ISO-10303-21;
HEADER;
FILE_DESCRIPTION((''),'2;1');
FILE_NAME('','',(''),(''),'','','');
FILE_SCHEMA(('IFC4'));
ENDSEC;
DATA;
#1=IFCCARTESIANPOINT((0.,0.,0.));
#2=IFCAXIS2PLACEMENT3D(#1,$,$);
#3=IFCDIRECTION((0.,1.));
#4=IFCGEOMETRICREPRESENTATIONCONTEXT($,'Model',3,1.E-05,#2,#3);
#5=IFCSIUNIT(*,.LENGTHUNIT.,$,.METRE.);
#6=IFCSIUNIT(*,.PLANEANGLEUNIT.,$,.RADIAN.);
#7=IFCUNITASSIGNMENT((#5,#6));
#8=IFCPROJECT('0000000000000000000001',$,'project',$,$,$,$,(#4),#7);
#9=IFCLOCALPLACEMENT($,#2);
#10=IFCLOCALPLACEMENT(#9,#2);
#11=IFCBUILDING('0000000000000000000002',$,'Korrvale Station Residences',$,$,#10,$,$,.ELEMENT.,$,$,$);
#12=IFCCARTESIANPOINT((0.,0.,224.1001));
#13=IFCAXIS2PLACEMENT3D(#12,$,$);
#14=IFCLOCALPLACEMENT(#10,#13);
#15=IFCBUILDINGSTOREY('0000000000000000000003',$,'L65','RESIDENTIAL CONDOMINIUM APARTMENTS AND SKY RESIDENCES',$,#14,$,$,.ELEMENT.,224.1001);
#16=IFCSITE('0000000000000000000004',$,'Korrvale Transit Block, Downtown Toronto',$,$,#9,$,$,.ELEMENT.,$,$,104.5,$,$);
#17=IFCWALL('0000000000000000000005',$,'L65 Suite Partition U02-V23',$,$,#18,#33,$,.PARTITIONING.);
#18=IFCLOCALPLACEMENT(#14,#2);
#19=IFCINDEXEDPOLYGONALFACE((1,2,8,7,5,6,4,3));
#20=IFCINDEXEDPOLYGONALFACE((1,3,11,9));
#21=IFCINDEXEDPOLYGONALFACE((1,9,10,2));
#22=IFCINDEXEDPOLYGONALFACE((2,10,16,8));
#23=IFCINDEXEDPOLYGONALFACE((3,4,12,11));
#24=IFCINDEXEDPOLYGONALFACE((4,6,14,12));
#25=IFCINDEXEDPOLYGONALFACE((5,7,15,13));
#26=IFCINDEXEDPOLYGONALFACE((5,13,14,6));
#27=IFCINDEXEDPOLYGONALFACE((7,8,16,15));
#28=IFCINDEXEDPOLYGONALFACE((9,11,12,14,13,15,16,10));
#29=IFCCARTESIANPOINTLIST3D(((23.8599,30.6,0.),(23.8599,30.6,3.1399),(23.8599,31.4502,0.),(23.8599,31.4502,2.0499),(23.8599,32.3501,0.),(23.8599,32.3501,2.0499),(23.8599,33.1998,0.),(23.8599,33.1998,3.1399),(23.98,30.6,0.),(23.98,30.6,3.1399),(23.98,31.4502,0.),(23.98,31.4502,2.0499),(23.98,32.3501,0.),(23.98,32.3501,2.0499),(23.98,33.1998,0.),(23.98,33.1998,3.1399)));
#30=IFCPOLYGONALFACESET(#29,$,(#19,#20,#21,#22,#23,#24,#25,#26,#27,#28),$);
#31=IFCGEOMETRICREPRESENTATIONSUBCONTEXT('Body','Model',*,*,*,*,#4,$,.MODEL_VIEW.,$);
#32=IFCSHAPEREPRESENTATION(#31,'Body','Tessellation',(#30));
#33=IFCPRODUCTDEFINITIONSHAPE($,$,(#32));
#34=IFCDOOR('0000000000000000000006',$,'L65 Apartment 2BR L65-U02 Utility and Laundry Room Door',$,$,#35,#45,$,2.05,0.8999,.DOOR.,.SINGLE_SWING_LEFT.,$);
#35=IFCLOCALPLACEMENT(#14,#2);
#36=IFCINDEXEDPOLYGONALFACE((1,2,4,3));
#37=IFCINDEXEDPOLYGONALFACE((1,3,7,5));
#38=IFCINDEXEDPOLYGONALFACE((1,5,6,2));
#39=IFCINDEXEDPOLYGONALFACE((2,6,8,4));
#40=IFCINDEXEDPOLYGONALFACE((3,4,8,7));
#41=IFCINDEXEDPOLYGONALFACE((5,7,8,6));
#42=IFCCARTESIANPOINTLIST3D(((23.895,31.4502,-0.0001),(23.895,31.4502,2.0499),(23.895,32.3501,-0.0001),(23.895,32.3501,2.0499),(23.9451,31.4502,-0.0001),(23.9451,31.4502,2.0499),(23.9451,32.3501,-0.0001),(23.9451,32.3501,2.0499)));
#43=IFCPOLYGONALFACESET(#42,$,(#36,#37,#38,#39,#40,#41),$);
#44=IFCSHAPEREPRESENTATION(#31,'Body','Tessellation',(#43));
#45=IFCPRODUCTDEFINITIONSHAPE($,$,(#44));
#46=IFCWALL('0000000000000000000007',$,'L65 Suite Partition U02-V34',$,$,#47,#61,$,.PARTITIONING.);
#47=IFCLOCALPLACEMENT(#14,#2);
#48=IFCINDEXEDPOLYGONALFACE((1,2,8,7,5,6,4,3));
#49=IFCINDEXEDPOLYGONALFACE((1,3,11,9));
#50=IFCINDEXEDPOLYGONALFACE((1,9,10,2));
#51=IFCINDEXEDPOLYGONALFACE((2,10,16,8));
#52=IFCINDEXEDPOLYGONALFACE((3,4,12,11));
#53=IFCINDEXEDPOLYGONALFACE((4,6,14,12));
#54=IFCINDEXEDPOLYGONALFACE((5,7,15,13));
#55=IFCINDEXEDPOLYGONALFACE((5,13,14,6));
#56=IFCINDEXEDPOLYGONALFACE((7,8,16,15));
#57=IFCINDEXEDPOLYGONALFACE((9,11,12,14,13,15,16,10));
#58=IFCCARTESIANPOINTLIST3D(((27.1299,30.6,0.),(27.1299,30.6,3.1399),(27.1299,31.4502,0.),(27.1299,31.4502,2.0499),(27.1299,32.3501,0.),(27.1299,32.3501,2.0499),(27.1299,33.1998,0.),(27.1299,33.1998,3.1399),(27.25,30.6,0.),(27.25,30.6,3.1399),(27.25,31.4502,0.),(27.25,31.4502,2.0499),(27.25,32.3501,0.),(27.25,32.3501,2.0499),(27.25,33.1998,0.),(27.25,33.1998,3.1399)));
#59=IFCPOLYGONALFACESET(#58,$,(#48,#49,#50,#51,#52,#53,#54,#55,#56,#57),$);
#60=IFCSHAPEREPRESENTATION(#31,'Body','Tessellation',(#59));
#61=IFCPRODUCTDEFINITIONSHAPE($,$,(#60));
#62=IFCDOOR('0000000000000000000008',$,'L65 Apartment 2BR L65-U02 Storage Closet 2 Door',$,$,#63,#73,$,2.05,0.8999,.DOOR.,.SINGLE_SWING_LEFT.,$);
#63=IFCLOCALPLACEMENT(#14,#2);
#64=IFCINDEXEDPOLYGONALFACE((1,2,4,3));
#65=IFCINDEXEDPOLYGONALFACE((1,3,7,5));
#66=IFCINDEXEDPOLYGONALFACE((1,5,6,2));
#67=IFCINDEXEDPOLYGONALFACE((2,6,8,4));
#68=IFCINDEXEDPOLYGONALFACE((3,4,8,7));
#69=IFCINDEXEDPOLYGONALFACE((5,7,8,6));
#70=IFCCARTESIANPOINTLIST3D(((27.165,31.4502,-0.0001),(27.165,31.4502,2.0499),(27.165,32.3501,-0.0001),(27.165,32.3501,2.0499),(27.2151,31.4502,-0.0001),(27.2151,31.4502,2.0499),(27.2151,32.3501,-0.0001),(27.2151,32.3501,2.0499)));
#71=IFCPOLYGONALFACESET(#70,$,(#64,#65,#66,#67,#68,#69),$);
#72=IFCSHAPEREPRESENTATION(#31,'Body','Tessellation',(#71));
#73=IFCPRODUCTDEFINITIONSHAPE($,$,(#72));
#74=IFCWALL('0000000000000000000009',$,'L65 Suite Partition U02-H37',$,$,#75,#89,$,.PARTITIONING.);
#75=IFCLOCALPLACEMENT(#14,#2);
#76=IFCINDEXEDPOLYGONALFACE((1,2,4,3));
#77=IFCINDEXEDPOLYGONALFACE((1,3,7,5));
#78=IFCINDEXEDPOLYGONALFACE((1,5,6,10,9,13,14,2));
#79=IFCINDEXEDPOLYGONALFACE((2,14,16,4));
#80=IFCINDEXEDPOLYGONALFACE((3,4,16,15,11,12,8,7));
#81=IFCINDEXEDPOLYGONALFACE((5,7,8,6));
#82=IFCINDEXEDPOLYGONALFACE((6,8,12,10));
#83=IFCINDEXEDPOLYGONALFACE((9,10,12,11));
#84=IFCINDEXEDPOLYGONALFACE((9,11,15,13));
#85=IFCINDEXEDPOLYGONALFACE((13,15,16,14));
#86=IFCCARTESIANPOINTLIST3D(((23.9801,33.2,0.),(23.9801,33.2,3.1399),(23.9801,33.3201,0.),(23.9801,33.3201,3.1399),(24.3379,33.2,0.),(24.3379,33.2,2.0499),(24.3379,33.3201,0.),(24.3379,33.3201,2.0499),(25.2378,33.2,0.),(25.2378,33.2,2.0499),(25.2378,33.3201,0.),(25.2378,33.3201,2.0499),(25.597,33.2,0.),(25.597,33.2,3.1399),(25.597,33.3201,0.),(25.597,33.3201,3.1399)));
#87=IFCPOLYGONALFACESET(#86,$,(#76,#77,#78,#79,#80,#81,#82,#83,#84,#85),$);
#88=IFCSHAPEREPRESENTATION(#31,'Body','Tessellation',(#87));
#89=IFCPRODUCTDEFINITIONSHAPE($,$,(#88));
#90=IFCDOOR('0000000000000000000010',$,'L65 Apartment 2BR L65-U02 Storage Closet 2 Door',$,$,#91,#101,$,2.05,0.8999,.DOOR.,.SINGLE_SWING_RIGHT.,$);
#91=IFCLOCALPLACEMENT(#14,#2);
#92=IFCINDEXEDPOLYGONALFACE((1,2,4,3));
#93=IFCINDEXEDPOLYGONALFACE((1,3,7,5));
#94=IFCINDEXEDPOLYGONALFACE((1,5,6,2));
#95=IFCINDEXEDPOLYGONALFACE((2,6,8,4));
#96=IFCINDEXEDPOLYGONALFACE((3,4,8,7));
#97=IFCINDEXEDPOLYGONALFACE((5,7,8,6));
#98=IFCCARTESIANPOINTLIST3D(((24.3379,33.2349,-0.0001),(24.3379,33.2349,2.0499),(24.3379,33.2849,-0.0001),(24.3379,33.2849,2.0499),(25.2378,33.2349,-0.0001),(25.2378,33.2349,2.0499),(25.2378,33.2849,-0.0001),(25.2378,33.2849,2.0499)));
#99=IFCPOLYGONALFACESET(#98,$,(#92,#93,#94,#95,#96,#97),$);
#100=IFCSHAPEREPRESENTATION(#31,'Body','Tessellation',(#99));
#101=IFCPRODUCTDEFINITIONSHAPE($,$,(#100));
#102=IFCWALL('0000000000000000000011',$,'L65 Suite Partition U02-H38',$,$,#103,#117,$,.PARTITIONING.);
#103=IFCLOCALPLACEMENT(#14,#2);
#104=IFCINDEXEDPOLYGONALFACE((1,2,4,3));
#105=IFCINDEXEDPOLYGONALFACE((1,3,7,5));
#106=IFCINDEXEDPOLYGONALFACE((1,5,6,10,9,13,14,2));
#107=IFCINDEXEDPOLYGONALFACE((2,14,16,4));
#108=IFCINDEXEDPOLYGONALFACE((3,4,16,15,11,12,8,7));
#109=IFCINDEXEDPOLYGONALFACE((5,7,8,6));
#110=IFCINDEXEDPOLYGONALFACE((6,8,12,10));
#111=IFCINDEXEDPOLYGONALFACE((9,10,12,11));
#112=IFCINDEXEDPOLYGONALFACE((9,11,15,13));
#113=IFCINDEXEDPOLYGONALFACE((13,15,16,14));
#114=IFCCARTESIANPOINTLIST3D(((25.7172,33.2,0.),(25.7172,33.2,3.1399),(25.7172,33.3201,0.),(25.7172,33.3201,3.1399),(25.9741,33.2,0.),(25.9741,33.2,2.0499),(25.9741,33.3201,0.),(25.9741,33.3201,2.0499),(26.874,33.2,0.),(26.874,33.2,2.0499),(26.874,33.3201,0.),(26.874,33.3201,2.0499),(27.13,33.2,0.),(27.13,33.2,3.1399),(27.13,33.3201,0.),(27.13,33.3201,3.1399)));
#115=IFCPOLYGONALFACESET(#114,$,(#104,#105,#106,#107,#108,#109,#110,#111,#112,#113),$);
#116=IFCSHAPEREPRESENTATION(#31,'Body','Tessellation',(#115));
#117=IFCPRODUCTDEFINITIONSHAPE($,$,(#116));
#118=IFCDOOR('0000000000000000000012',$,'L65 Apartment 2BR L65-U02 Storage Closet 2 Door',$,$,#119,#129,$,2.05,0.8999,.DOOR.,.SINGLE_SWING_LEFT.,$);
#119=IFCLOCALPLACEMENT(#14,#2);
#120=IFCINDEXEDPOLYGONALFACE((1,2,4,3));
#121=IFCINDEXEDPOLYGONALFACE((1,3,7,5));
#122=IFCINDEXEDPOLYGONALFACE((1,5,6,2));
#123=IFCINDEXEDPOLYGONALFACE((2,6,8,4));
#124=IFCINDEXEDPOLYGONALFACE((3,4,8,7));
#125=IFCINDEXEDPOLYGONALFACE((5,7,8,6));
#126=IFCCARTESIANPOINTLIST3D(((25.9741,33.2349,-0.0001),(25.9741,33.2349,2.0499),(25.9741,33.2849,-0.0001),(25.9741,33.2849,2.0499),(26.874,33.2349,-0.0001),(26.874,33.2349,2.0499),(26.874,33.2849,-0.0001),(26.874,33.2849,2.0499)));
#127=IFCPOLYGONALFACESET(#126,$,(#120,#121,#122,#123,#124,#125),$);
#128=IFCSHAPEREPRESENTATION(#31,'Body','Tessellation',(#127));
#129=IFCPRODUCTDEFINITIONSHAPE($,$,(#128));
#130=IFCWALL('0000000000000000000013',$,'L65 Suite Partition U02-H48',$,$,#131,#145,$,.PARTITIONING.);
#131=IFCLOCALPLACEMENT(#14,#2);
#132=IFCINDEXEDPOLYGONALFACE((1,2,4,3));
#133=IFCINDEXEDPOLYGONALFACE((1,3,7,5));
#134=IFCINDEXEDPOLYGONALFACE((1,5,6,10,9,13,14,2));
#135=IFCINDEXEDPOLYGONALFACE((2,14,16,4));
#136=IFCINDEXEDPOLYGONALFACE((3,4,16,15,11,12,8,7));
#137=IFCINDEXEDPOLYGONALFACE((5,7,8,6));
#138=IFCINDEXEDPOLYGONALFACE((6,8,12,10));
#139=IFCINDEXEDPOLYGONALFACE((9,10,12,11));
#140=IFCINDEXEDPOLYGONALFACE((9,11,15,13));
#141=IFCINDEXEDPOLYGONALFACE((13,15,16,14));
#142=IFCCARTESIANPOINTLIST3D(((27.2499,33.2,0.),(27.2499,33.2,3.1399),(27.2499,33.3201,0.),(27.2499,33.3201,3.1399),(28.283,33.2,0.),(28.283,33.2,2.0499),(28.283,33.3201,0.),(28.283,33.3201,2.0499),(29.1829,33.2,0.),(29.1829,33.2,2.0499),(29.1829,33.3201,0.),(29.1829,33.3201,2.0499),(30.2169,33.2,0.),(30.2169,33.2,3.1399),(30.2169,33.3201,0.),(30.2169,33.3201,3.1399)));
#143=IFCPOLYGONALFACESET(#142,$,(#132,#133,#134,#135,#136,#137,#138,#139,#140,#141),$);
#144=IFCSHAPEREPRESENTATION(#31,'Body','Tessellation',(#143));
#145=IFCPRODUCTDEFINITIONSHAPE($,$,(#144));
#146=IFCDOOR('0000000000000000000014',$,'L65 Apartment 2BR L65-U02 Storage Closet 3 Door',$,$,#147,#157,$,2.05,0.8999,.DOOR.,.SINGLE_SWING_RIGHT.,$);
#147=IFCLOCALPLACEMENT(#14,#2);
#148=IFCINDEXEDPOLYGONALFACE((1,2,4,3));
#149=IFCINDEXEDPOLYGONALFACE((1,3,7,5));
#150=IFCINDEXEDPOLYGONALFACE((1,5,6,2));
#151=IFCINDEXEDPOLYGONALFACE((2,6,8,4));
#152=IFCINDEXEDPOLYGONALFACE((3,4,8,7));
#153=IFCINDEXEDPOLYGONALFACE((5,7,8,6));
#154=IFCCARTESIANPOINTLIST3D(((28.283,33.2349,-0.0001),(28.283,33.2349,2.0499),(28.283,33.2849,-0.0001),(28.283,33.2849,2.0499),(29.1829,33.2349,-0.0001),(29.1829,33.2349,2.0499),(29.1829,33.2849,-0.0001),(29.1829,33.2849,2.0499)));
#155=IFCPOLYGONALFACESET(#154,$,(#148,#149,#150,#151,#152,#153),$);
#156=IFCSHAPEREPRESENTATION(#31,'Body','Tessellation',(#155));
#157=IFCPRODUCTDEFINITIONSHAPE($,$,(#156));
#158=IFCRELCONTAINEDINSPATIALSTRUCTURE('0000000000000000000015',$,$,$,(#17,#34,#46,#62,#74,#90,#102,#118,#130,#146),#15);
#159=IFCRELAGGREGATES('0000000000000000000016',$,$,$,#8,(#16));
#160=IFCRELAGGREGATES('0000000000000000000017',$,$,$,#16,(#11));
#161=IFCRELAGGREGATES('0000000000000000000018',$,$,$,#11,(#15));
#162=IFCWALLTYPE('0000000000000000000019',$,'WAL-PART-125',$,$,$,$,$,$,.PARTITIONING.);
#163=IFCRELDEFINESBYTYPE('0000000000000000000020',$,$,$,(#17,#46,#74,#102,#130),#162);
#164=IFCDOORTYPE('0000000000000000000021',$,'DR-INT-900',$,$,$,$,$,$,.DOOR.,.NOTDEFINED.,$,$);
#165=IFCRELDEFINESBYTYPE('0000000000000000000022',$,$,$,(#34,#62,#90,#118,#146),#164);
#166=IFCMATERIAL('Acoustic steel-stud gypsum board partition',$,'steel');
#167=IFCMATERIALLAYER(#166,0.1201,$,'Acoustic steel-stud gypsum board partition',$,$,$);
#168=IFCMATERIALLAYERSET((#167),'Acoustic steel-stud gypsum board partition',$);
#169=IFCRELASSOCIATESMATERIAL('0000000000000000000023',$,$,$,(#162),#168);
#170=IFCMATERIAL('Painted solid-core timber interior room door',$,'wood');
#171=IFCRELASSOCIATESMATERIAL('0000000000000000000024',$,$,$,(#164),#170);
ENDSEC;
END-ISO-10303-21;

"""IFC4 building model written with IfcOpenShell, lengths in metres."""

from ifc_helpers import new_model, si_unit, direction, frame, frame_2d, origin, place, context, subcontext, project, spatial, rectangle, extrude, material, layer, layer_set, type_object, element, fill, save


model = new_model("IFC4")

# Units and contexts
model_context = context("Model", 3, precision=1e-05, world=origin(), true_north=direction((0.0, 1.0)))
body_context = subcontext(model_context, "Body", "Model", "MODEL_VIEW")
ifc_project = project(units=[si_unit("LENGTHUNIT", "METRE"), si_unit("PLANEANGLEUNIT", "RADIAN")], contexts=[model_context])

# Site, building, storey
site_placement = place(None, origin())
site = spatial("IfcSite", under=ifc_project, at=site_placement, Name="Korrvale Transit Block, Downtown Toronto", CompositionType="ELEMENT", RefElevation=104.5)
building_placement = place(site_placement, origin())
building = spatial("IfcBuilding", under=site, at=building_placement, Name="Korrvale Station Residences", CompositionType="ELEMENT")
storey_placement = place(building_placement, frame((0.0, 0.0, 224.1001)))
storey = spatial("IfcBuildingStorey", under=building, at=storey_placement, Name="L65", Description="RESIDENTIAL CONDOMINIUM APARTMENTS AND SKY RESIDENCES", CompositionType="ELEMENT", Elevation=224.1001)

# Walls, openings, doors
ifc_material_1 = material(Name="Acoustic steel-stud gypsum board partition", Category="steel")
ifc_layer_1 = layer(ifc_material_1, 0.1201, Name="Acoustic steel-stud gypsum board partition")
ifc_layer_set_1 = layer_set([ifc_layer_1], Name="Acoustic steel-stud gypsum board partition")
wall_type_1 = type_object("IfcWallType", Name="WAL-PART-125", PredefinedType="PARTITIONING", material=ifc_layer_set_1)
wall_1_placement = place(storey_placement, frame((23.9199, 30.6001, 0.0), z_axis=(0.0, 0.0, 1.0), x_axis=(0.0, 1.0, 0.0)))
wall_1 = element("IfcWall", 1, at=wall_1_placement, inside=storey, type_object=wall_type_1, Name="L65 Suite Partition U02-V23", PredefinedType="PARTITIONING", context=body_context, shape_type="SweptSolid", body=[
    extrude(rectangle(XDim=2.5999, YDim=0.1201, at=frame_2d((1.2998, 0.0))), origin(), (0.0, 0.0, 1.0), 3.1399),
])
opening_1_placement = place(wall_1_placement, frame((0.8501, 0.0, 0.0)))
opening_1 = element("IfcOpeningElement", 2, at=opening_1_placement, cuts=wall_1, PredefinedType="OPENING", context=body_context, shape_type="SweptSolid", body=[
    extrude(rectangle(XDim=0.8999, YDim=2.05, at=frame_2d((0.45, 1.0249))), frame((0.0, 0.0701, 0.0), z_axis=(0.0, -1.0, 0.0), x_axis=(1.0, 0.0, 0.0)), (0.0, 0.0, 1.0), 0.1401),
])
ifc_material_2 = material(Name="Painted solid-core timber interior room door", Category="wood")
door_type_1 = type_object("IfcDoorType", Name="DR-INT-900", OperationType="NOTDEFINED", PredefinedType="DOOR", material=ifc_material_2)
door_1_placement = place(opening_1_placement, origin())
door_1 = element("IfcDoor", 3, at=door_1_placement, inside=storey, type_object=door_type_1, Name="L65 Apartment 2BR L65-U02 Utility and Laundry Room Door", OperationType="SINGLE_SWING_LEFT", OverallHeight=2.05, OverallWidth=0.8999, PredefinedType="DOOR", context=body_context, shape_type="SweptSolid", body=[
    extrude(rectangle(XDim=0.8999, YDim=2.05, at=frame_2d((0.45, 1.0249))), frame((0.0, 0.0249, 0.0), z_axis=(0.0, -1.0, 0.0), x_axis=(1.0, 0.0, 0.0)), (0.0, 0.0, 1.0), 0.05),
])
fill(opening_1, door_1)
wall_2_placement = place(storey_placement, frame((27.1899, 30.6001, 0.0), z_axis=(0.0, 0.0, 1.0), x_axis=(0.0, 1.0, 0.0)))
wall_2 = element("IfcWall", 4, at=wall_2_placement, inside=storey, type_object=wall_type_1, Name="L65 Suite Partition U02-V34", PredefinedType="PARTITIONING", context=body_context, shape_type="SweptSolid", body=[
    extrude(rectangle(XDim=2.5999, YDim=0.1201, at=frame_2d((1.2998, 0.0))), origin(), (0.0, 0.0, 1.0), 3.1399),
])
opening_2_placement = place(wall_2_placement, frame((0.8501, 0.0, 0.0)))
opening_2 = element("IfcOpeningElement", 5, at=opening_2_placement, cuts=wall_2, PredefinedType="OPENING", context=body_context, shape_type="SweptSolid", body=[
    extrude(rectangle(XDim=0.8999, YDim=2.05, at=frame_2d((0.45, 1.0249))), frame((0.0, 0.0701, 0.0), z_axis=(0.0, -1.0, 0.0), x_axis=(1.0, 0.0, 0.0)), (0.0, 0.0, 1.0), 0.1401),
])
door_2_placement = place(opening_2_placement, origin())
door_2 = element("IfcDoor", 6, at=door_2_placement, inside=storey, type_object=door_type_1, Name="L65 Apartment 2BR L65-U02 Storage Closet 2 Door", OperationType="SINGLE_SWING_LEFT", OverallHeight=2.05, OverallWidth=0.8999, PredefinedType="DOOR", context=body_context, shape_type="SweptSolid", body=[
    extrude(rectangle(XDim=0.8999, YDim=2.05, at=frame_2d((0.45, 1.0249))), frame((0.0, 0.0249, 0.0), z_axis=(0.0, -1.0, 0.0), x_axis=(1.0, 0.0, 0.0)), (0.0, 0.0, 1.0), 0.05),
])
fill(opening_2, door_2)
wall_3_placement = place(storey_placement, frame((23.98, 33.26, 0.0), z_axis=(0.0, 0.0, 1.0), x_axis=(1.0, 0.0, 0.0)))
wall_3 = element("IfcWall", 7, at=wall_3_placement, inside=storey, type_object=wall_type_1, Name="L65 Suite Partition U02-H37", PredefinedType="PARTITIONING", context=body_context, shape_type="SweptSolid", body=[
    extrude(rectangle(XDim=1.6169, YDim=0.1201, at=frame_2d((0.8086, 0.0))), origin(), (0.0, 0.0, 1.0), 3.1399),
])
opening_3_placement = place(wall_3_placement, frame((0.3579, 0.0, 0.0)))
opening_3 = element("IfcOpeningElement", 8, at=opening_3_placement, cuts=wall_3, PredefinedType="OPENING", context=body_context, shape_type="SweptSolid", body=[
    extrude(rectangle(XDim=0.8999, YDim=2.05, at=frame_2d((0.45, 1.0249))), frame((0.0, 0.0701, 0.0), z_axis=(0.0, -1.0, 0.0), x_axis=(1.0, 0.0, 0.0)), (0.0, 0.0, 1.0), 0.1401),
])
door_3_placement = place(opening_3_placement, origin())
door_3 = element("IfcDoor", 9, at=door_3_placement, inside=storey, type_object=door_type_1, Name="L65 Apartment 2BR L65-U02 Storage Closet 2 Door", OperationType="SINGLE_SWING_RIGHT", OverallHeight=2.05, OverallWidth=0.8999, PredefinedType="DOOR", context=body_context, shape_type="SweptSolid", body=[
    extrude(rectangle(XDim=0.8999, YDim=2.05, at=frame_2d((0.45, 1.0249))), frame((0.0, 0.0249, 0.0), z_axis=(0.0, -1.0, 0.0), x_axis=(1.0, 0.0, 0.0)), (0.0, 0.0, 1.0), 0.05),
])
fill(opening_3, door_3)
wall_4_placement = place(storey_placement, frame((25.717, 33.26, 0.0), z_axis=(0.0, 0.0, 1.0), x_axis=(1.0, 0.0, 0.0)))
wall_4 = element("IfcWall", 10, at=wall_4_placement, inside=storey, type_object=wall_type_1, Name="L65 Suite Partition U02-H38", PredefinedType="PARTITIONING", context=body_context, shape_type="SweptSolid", body=[
    extrude(rectangle(XDim=1.4128, YDim=0.1201, at=frame_2d((0.7065, 0.0))), origin(), (0.0, 0.0, 1.0), 3.1399),
])
opening_4_placement = place(wall_4_placement, frame((0.2571, 0.0, 0.0)))
opening_4 = element("IfcOpeningElement", 11, at=opening_4_placement, cuts=wall_4, PredefinedType="OPENING", context=body_context, shape_type="SweptSolid", body=[
    extrude(rectangle(XDim=0.8999, YDim=2.05, at=frame_2d((0.45, 1.0249))), frame((0.0, 0.0701, 0.0), z_axis=(0.0, -1.0, 0.0), x_axis=(1.0, 0.0, 0.0)), (0.0, 0.0, 1.0), 0.1401),
])
door_4_placement = place(opening_4_placement, origin())
door_4 = element("IfcDoor", 12, at=door_4_placement, inside=storey, type_object=door_type_1, Name="L65 Apartment 2BR L65-U02 Storage Closet 2 Door", OperationType="SINGLE_SWING_LEFT", OverallHeight=2.05, OverallWidth=0.8999, PredefinedType="DOOR", context=body_context, shape_type="SweptSolid", body=[
    extrude(rectangle(XDim=0.8999, YDim=2.05, at=frame_2d((0.45, 1.0249))), frame((0.0, 0.0249, 0.0), z_axis=(0.0, -1.0, 0.0), x_axis=(1.0, 0.0, 0.0)), (0.0, 0.0, 1.0), 0.05),
])
fill(opening_4, door_4)
wall_5_placement = place(storey_placement, frame((27.25, 33.26, 0.0), z_axis=(0.0, 0.0, 1.0), x_axis=(1.0, 0.0, 0.0)))
wall_5 = element("IfcWall", 13, at=wall_5_placement, inside=storey, type_object=wall_type_1, Name="L65 Suite Partition U02-H48", PredefinedType="PARTITIONING", context=body_context, shape_type="SweptSolid", body=[
    extrude(rectangle(XDim=2.967, YDim=0.1201, at=frame_2d((1.4834, 0.0))), origin(), (0.0, 0.0, 1.0), 3.1399),
])
opening_5_placement = place(wall_5_placement, frame((1.033, 0.0, 0.0)))
opening_5 = element("IfcOpeningElement", 14, at=opening_5_placement, cuts=wall_5, PredefinedType="OPENING", context=body_context, shape_type="SweptSolid", body=[
    extrude(rectangle(XDim=0.8999, YDim=2.05, at=frame_2d((0.45, 1.0249))), frame((0.0, 0.0701, 0.0), z_axis=(0.0, -1.0, 0.0), x_axis=(1.0, 0.0, 0.0)), (0.0, 0.0, 1.0), 0.1401),
])
door_5_placement = place(opening_5_placement, origin())
door_5 = element("IfcDoor", 15, at=door_5_placement, inside=storey, type_object=door_type_1, Name="L65 Apartment 2BR L65-U02 Storage Closet 3 Door", OperationType="SINGLE_SWING_RIGHT", OverallHeight=2.05, OverallWidth=0.8999, PredefinedType="DOOR", context=body_context, shape_type="SweptSolid", body=[
    extrude(rectangle(XDim=0.8999, YDim=2.05, at=frame_2d((0.45, 1.0249))), frame((0.0, 0.0249, 0.0), z_axis=(0.0, -1.0, 0.0), x_axis=(1.0, 0.0, 0.0)), (0.0, 0.0, 1.0), 0.05),
])
fill(opening_5, door_5)

save(model, "model.ifc")
